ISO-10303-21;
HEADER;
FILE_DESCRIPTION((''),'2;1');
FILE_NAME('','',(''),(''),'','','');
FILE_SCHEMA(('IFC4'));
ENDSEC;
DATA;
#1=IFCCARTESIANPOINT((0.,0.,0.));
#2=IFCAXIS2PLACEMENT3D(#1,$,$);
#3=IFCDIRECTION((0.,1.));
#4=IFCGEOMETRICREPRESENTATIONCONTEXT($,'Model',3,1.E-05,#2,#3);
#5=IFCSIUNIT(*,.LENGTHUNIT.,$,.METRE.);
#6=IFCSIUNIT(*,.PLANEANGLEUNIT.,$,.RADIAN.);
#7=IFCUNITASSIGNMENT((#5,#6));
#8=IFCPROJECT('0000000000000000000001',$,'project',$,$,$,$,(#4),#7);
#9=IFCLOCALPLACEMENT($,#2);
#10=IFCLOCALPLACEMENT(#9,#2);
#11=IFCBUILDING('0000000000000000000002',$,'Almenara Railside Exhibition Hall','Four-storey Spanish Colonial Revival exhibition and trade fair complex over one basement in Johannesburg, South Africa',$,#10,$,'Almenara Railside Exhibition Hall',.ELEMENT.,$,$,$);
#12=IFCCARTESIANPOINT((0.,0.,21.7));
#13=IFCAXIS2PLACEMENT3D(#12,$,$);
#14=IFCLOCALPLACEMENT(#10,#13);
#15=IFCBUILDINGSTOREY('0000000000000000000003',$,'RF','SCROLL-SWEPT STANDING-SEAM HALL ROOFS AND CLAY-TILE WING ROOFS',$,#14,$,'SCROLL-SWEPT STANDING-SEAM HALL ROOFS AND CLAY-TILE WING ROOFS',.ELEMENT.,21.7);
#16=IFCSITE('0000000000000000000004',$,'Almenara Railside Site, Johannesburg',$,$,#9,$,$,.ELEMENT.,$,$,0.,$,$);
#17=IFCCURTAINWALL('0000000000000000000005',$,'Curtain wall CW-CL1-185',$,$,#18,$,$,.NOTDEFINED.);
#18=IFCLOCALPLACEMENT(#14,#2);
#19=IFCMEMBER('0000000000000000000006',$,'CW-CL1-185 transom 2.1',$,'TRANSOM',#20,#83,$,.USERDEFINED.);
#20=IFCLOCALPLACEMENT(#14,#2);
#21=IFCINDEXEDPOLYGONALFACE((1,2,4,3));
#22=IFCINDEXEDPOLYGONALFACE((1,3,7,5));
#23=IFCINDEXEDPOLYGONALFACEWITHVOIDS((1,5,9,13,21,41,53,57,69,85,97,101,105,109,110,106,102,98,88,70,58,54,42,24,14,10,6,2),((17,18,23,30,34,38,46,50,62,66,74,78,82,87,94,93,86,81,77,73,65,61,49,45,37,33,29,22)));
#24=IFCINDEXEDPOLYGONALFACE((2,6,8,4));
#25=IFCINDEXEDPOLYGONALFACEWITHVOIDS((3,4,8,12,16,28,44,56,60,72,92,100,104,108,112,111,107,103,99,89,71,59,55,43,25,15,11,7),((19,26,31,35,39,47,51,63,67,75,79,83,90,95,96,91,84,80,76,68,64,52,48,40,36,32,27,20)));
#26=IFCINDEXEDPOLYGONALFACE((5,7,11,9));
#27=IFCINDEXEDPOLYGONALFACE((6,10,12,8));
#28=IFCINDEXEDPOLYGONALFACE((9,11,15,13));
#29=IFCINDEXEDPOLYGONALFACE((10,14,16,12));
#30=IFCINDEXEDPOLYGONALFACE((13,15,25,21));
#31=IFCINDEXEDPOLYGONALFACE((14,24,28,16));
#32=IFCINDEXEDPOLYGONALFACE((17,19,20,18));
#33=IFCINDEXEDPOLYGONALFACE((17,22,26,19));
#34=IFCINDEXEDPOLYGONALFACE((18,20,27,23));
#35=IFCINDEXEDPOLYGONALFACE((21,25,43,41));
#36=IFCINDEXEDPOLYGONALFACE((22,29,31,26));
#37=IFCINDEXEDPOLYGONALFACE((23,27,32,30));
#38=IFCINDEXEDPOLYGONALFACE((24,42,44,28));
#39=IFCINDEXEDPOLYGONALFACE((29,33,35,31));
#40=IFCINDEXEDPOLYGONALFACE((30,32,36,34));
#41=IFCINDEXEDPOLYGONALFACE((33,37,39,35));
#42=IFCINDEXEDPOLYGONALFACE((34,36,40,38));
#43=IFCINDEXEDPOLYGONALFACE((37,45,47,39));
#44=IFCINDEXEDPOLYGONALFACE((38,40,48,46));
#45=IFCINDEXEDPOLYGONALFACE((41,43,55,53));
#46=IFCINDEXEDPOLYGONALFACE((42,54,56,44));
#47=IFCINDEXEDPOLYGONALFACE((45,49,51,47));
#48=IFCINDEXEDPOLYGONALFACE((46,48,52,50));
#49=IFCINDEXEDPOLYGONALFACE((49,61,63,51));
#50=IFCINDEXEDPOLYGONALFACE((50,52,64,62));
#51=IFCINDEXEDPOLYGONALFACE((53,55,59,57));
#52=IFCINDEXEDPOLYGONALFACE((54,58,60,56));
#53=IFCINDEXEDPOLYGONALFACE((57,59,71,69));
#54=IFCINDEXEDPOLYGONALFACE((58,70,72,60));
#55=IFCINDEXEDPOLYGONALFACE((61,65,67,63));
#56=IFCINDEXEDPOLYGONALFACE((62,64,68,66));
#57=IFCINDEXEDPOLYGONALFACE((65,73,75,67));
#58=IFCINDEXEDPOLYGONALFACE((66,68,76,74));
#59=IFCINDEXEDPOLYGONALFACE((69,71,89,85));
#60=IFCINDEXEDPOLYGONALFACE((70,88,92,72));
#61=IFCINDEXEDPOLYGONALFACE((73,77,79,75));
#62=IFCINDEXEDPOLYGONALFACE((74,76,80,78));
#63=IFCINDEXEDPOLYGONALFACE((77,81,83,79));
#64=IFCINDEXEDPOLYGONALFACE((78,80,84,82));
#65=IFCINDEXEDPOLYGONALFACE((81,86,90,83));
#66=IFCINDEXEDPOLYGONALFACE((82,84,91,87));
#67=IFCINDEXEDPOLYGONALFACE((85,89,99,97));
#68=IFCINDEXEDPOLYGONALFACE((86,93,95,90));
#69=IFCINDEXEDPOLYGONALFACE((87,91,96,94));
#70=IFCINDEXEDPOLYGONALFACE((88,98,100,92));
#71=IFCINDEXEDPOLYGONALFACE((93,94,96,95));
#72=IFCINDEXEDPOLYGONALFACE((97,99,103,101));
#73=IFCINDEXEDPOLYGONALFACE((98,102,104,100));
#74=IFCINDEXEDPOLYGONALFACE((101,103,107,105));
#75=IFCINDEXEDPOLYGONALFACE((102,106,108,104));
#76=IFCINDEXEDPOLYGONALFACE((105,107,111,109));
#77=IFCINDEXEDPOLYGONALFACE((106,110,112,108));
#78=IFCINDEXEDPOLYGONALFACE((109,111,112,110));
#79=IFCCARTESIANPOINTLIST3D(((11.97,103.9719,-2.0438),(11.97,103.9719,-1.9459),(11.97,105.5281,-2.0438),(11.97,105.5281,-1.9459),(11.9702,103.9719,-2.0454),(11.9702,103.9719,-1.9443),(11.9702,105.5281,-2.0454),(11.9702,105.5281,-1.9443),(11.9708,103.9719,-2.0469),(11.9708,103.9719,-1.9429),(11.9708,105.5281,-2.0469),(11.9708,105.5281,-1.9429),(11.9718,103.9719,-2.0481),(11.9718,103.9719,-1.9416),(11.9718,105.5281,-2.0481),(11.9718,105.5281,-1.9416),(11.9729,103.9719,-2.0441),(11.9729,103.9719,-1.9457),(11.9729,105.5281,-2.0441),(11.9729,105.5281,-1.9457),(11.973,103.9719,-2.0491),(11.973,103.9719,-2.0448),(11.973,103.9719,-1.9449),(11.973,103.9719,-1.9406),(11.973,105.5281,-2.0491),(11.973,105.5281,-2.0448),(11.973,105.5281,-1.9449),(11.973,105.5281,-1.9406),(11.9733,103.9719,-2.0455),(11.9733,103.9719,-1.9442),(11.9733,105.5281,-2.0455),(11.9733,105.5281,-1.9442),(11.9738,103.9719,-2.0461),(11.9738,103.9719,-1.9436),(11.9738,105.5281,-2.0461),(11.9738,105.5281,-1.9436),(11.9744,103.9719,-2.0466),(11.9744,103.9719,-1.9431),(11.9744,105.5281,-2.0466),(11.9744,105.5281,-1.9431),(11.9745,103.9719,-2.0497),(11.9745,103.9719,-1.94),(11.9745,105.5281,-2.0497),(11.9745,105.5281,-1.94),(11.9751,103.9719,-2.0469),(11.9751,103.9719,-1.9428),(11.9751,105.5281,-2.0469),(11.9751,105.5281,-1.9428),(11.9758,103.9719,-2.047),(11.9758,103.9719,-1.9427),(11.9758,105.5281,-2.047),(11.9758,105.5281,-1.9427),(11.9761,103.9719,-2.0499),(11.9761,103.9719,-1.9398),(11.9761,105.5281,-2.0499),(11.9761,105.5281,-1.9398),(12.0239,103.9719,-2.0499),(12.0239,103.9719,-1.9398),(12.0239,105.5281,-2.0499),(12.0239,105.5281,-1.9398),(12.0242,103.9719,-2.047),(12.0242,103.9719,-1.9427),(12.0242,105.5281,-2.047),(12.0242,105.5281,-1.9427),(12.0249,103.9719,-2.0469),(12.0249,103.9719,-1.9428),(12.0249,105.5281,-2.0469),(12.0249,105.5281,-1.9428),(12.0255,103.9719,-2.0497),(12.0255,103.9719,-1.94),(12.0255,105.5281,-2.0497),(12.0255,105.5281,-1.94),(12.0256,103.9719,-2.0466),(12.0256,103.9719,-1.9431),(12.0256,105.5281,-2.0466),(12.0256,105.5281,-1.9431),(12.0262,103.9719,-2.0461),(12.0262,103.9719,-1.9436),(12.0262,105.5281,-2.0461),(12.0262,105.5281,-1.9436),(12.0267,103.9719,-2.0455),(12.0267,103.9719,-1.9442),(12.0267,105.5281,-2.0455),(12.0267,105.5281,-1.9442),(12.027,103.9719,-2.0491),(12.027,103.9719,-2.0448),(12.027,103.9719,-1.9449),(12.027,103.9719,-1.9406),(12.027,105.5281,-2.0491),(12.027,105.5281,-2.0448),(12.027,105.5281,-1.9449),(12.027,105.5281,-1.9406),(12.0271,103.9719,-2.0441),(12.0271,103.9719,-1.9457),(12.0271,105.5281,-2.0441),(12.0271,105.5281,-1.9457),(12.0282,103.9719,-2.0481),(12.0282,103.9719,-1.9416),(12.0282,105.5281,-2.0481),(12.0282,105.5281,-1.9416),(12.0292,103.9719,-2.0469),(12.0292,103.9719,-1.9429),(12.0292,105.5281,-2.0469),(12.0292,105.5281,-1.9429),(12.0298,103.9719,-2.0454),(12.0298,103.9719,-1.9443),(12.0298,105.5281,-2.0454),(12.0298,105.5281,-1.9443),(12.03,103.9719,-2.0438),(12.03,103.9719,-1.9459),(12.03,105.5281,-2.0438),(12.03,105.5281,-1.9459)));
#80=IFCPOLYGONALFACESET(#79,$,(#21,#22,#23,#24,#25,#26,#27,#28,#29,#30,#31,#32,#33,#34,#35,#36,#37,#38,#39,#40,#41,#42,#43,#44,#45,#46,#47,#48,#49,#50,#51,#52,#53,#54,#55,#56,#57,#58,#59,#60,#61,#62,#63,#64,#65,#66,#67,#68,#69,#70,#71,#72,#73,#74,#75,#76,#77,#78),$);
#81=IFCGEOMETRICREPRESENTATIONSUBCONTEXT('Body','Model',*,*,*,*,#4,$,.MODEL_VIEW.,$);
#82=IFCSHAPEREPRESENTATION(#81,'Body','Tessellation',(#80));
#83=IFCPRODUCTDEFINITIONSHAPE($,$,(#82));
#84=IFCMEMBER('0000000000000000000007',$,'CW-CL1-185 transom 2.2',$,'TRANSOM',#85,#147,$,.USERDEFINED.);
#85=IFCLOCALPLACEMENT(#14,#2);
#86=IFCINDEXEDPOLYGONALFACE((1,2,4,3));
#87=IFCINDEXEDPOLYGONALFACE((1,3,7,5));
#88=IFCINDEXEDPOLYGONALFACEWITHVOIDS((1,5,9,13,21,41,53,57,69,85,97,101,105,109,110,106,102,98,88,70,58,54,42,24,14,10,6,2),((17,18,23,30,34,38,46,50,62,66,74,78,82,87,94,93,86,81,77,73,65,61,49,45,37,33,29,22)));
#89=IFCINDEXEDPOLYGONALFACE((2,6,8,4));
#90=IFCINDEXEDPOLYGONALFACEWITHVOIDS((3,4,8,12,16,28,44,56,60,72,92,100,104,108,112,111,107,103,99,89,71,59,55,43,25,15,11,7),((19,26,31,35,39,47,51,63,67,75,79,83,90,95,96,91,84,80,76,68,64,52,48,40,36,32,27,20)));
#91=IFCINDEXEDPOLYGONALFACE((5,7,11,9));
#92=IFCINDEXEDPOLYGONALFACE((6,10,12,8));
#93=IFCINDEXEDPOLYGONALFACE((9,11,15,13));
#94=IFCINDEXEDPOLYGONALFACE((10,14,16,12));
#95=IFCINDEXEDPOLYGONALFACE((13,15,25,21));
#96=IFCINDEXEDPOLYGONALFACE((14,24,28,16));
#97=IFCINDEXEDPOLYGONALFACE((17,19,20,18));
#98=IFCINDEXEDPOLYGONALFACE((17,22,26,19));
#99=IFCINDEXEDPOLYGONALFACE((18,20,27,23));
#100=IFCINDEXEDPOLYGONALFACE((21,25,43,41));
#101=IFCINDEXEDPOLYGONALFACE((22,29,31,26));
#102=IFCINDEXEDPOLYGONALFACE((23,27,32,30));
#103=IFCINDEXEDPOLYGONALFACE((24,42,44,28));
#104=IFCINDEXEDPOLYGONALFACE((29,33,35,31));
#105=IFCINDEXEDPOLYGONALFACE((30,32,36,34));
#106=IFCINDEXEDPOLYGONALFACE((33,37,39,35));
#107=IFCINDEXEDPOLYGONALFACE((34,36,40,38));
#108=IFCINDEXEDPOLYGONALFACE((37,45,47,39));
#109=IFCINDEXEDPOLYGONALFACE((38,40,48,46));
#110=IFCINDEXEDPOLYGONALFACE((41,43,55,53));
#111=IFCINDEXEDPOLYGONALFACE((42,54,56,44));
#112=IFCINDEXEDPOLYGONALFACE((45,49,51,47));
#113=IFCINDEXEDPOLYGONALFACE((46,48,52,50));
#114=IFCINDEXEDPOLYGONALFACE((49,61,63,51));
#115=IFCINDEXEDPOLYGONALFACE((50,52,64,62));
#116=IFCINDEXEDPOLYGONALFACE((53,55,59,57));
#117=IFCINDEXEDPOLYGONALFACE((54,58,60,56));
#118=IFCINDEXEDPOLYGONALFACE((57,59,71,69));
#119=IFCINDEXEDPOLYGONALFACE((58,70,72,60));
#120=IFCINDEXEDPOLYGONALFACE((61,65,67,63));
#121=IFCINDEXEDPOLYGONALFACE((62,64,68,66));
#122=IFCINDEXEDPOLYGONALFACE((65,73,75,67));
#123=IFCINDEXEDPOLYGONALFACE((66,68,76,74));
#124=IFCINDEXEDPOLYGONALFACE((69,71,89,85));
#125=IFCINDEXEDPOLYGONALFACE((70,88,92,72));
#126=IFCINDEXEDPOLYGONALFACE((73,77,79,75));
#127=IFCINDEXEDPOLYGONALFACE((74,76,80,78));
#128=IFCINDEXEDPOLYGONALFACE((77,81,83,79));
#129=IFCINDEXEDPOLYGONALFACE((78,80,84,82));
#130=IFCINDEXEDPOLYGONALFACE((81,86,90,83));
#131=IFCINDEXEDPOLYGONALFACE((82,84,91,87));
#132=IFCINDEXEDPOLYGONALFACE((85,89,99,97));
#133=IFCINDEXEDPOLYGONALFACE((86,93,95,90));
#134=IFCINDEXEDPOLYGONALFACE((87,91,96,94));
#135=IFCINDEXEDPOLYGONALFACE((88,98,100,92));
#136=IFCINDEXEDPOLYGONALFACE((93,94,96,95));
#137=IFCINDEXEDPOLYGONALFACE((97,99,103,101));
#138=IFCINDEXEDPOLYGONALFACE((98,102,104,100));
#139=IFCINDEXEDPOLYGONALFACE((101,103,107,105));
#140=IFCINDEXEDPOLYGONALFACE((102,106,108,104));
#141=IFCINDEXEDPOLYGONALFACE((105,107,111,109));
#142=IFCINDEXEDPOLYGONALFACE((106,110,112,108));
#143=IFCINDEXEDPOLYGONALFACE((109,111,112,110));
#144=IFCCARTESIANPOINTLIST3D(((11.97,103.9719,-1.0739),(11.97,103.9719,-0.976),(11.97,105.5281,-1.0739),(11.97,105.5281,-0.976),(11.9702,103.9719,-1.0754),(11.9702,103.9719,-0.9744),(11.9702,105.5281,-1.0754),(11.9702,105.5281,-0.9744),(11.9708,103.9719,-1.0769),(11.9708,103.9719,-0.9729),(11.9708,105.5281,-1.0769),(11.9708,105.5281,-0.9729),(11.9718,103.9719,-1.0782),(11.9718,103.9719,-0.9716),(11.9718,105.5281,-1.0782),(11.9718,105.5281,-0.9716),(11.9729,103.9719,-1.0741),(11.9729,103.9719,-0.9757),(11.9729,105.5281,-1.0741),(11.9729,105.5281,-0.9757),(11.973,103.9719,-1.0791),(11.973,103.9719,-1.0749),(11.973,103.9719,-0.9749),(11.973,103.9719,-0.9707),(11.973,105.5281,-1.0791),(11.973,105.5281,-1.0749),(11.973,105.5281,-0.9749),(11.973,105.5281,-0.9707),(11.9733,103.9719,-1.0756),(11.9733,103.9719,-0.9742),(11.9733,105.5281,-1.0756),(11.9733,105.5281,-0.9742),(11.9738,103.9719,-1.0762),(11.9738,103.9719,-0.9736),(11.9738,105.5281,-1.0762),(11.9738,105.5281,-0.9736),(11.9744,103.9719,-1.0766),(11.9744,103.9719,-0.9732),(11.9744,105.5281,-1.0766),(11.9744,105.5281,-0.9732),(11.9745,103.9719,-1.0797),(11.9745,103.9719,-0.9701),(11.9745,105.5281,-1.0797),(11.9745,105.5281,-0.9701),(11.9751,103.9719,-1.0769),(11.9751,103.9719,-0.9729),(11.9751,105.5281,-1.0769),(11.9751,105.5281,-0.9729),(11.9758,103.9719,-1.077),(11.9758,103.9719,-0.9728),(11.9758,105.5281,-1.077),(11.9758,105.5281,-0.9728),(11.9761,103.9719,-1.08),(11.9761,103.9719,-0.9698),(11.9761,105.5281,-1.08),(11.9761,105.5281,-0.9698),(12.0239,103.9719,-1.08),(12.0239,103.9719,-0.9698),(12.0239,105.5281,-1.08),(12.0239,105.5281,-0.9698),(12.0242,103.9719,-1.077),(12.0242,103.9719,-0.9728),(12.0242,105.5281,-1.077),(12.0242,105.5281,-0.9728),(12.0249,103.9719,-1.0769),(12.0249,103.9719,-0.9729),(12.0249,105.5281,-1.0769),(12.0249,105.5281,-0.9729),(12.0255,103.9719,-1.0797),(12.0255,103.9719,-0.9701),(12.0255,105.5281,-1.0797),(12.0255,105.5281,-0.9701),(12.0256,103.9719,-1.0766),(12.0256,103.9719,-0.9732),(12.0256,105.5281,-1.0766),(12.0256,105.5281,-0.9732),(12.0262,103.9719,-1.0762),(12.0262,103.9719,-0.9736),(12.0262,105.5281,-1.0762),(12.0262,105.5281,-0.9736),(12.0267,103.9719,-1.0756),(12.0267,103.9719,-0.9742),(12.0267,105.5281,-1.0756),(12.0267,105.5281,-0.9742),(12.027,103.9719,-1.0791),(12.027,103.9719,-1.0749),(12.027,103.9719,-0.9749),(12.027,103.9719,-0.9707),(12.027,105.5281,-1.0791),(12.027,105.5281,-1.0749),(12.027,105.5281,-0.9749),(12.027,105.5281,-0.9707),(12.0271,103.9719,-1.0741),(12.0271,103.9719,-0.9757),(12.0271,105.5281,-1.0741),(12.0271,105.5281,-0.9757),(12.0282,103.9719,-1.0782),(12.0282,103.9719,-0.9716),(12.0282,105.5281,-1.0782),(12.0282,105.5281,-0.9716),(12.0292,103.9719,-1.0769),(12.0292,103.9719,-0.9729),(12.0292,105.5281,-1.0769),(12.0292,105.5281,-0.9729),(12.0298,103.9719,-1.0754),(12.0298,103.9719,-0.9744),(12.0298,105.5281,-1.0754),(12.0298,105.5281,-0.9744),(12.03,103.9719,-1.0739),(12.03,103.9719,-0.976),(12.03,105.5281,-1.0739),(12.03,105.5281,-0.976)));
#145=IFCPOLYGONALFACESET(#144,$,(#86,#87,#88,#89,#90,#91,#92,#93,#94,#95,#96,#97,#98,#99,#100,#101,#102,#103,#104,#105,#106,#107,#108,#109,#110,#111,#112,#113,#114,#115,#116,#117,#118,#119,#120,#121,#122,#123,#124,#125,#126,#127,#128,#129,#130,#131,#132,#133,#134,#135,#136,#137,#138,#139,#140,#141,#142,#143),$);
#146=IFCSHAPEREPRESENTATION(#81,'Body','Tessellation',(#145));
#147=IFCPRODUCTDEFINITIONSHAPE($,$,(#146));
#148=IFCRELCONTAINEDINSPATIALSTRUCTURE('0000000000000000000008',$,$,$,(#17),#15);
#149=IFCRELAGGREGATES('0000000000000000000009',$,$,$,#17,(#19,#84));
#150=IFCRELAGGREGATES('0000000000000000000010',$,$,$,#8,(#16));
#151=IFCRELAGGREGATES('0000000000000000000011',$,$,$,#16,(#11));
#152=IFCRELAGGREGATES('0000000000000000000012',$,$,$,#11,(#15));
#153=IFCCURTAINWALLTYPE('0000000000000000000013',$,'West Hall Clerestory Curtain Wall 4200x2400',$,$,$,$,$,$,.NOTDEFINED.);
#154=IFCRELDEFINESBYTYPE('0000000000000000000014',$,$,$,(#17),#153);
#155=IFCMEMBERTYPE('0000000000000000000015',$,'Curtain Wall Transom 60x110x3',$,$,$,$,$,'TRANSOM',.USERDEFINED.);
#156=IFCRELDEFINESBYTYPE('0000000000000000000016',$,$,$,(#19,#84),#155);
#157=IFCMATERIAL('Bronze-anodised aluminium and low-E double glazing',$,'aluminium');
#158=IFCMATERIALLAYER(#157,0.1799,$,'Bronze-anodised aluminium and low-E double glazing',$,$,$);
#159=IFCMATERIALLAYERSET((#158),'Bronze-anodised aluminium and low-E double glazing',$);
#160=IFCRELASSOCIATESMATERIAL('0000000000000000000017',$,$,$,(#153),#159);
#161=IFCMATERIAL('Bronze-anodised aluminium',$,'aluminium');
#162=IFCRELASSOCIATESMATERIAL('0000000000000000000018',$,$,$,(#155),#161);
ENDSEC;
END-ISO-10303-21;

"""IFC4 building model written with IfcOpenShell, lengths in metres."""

from ifc_helpers import new_model, si_unit, direction, frame, origin, origin_2d, place, context, subcontext, project, spatial, hollow_rectangle, extrude, material, layer, layer_set, material_profile, profile_set, type_object, element, aggregate, save


model = new_model("IFC4")

# Units and contexts
model_context = context("Model", 3, precision=1e-05, world=origin(), true_north=direction((0.0, 1.0)))
body_context = subcontext(model_context, "Body", "Model", "MODEL_VIEW")
ifc_project = project(units=[si_unit("LENGTHUNIT", "METRE"), si_unit("PLANEANGLEUNIT", "RADIAN")], contexts=[model_context])

# Site, building, storey
site_placement = place(None, origin())
site = spatial("IfcSite", under=ifc_project, at=site_placement, Name="Almenara Railside Site, Johannesburg", CompositionType="ELEMENT", RefElevation=0.0)
building_placement = place(site_placement, origin())
building = spatial("IfcBuilding", under=site, at=building_placement, Name="Almenara Railside Exhibition Hall", Description="Four-storey Spanish Colonial Revival exhibition and trade fair complex over one basement in Johannesburg, South Africa", LongName="Almenara Railside Exhibition Hall", CompositionType="ELEMENT")
storey_placement = place(building_placement, frame((0.0, 0.0, 21.7)))
storey = spatial("IfcBuildingStorey", under=building, at=storey_placement, Name="RF", Description="SCROLL-SWEPT STANDING-SEAM HALL ROOFS AND CLAY-TILE WING ROOFS", LongName="SCROLL-SWEPT STANDING-SEAM HALL ROOFS AND CLAY-TILE WING ROOFS", CompositionType="ELEMENT", Elevation=21.7)

# Curtain wall, members
ifc_material_1 = material(Name="Bronze-anodised aluminium and low-E double glazing", Category="aluminium")
ifc_layer_1 = layer(ifc_material_1, 0.1799, Name="Bronze-anodised aluminium and low-E double glazing")
ifc_layer_set_1 = layer_set([ifc_layer_1], Name="Bronze-anodised aluminium and low-E double glazing")
curtain_wall_type = type_object("IfcCurtainWallType", Name="West Hall Clerestory Curtain Wall 4200x2400", PredefinedType="NOTDEFINED", material=ifc_layer_set_1)
curtain_wall_placement = place(storey_placement, origin())
curtain_wall = element("IfcCurtainWall", 1, at=curtain_wall_placement, inside=storey, type_object=curtain_wall_type, Name="Curtain wall CW-CL1-185", PredefinedType="NOTDEFINED")
ifc_material_2 = material(Name="Bronze-anodised aluminium", Category="aluminium")
ifc_material_profile_1 = material_profile(ifc_material_2, hollow_rectangle(XDim=0.0601, YDim=0.1101, WallThickness=0.0029, InnerFilletRadius=0.0029, OuterFilletRadius=0.0061, at=origin_2d()), Name="ALU-TRN 60x110x3")
ifc_profile_set_1 = profile_set([ifc_material_profile_1], Name="Bronze-anodised aluminium")
member_type_1 = type_object("IfcMemberType", Name="Curtain Wall Transom 60x110x3", ElementType="TRANSOM", PredefinedType="USERDEFINED", material=ifc_profile_set_1)
member_1_placement = place(storey_placement, frame((12.0, 103.9719, -1.9949), z_axis=(0.0, 1.0, 0.0), x_axis=(-1.0, 0.0, 0.0)))
member_1 = element("IfcMember", 2, at=member_1_placement, type_object=member_type_1, Name="CW-CL1-185 transom 2.1", ObjectType="TRANSOM", PredefinedType="USERDEFINED", context=body_context, shape_type="SweptSolid", body=[
    extrude(hollow_rectangle(XDim=0.0601, YDim=0.1101, WallThickness=0.0029, InnerFilletRadius=0.0029, OuterFilletRadius=0.0061, at=origin_2d()), origin(), (0.0, 0.0, 1.0), 1.5562),
])
member_2_placement = place(storey_placement, frame((12.0, 103.9719, -1.0249), z_axis=(0.0, 1.0, 0.0), x_axis=(-1.0, 0.0, 0.0)))
member_2 = element("IfcMember", 3, at=member_2_placement, type_object=member_type_1, Name="CW-CL1-185 transom 2.2", ObjectType="TRANSOM", PredefinedType="USERDEFINED", context=body_context, shape_type="SweptSolid", body=[
    extrude(hollow_rectangle(XDim=0.0601, YDim=0.1101, WallThickness=0.0029, InnerFilletRadius=0.0029, OuterFilletRadius=0.0061, at=origin_2d()), origin(), (0.0, 0.0, 1.0), 1.5562),
])

aggregate(curtain_wall, [member_1, member_2])

save(model, "model.ifc")
